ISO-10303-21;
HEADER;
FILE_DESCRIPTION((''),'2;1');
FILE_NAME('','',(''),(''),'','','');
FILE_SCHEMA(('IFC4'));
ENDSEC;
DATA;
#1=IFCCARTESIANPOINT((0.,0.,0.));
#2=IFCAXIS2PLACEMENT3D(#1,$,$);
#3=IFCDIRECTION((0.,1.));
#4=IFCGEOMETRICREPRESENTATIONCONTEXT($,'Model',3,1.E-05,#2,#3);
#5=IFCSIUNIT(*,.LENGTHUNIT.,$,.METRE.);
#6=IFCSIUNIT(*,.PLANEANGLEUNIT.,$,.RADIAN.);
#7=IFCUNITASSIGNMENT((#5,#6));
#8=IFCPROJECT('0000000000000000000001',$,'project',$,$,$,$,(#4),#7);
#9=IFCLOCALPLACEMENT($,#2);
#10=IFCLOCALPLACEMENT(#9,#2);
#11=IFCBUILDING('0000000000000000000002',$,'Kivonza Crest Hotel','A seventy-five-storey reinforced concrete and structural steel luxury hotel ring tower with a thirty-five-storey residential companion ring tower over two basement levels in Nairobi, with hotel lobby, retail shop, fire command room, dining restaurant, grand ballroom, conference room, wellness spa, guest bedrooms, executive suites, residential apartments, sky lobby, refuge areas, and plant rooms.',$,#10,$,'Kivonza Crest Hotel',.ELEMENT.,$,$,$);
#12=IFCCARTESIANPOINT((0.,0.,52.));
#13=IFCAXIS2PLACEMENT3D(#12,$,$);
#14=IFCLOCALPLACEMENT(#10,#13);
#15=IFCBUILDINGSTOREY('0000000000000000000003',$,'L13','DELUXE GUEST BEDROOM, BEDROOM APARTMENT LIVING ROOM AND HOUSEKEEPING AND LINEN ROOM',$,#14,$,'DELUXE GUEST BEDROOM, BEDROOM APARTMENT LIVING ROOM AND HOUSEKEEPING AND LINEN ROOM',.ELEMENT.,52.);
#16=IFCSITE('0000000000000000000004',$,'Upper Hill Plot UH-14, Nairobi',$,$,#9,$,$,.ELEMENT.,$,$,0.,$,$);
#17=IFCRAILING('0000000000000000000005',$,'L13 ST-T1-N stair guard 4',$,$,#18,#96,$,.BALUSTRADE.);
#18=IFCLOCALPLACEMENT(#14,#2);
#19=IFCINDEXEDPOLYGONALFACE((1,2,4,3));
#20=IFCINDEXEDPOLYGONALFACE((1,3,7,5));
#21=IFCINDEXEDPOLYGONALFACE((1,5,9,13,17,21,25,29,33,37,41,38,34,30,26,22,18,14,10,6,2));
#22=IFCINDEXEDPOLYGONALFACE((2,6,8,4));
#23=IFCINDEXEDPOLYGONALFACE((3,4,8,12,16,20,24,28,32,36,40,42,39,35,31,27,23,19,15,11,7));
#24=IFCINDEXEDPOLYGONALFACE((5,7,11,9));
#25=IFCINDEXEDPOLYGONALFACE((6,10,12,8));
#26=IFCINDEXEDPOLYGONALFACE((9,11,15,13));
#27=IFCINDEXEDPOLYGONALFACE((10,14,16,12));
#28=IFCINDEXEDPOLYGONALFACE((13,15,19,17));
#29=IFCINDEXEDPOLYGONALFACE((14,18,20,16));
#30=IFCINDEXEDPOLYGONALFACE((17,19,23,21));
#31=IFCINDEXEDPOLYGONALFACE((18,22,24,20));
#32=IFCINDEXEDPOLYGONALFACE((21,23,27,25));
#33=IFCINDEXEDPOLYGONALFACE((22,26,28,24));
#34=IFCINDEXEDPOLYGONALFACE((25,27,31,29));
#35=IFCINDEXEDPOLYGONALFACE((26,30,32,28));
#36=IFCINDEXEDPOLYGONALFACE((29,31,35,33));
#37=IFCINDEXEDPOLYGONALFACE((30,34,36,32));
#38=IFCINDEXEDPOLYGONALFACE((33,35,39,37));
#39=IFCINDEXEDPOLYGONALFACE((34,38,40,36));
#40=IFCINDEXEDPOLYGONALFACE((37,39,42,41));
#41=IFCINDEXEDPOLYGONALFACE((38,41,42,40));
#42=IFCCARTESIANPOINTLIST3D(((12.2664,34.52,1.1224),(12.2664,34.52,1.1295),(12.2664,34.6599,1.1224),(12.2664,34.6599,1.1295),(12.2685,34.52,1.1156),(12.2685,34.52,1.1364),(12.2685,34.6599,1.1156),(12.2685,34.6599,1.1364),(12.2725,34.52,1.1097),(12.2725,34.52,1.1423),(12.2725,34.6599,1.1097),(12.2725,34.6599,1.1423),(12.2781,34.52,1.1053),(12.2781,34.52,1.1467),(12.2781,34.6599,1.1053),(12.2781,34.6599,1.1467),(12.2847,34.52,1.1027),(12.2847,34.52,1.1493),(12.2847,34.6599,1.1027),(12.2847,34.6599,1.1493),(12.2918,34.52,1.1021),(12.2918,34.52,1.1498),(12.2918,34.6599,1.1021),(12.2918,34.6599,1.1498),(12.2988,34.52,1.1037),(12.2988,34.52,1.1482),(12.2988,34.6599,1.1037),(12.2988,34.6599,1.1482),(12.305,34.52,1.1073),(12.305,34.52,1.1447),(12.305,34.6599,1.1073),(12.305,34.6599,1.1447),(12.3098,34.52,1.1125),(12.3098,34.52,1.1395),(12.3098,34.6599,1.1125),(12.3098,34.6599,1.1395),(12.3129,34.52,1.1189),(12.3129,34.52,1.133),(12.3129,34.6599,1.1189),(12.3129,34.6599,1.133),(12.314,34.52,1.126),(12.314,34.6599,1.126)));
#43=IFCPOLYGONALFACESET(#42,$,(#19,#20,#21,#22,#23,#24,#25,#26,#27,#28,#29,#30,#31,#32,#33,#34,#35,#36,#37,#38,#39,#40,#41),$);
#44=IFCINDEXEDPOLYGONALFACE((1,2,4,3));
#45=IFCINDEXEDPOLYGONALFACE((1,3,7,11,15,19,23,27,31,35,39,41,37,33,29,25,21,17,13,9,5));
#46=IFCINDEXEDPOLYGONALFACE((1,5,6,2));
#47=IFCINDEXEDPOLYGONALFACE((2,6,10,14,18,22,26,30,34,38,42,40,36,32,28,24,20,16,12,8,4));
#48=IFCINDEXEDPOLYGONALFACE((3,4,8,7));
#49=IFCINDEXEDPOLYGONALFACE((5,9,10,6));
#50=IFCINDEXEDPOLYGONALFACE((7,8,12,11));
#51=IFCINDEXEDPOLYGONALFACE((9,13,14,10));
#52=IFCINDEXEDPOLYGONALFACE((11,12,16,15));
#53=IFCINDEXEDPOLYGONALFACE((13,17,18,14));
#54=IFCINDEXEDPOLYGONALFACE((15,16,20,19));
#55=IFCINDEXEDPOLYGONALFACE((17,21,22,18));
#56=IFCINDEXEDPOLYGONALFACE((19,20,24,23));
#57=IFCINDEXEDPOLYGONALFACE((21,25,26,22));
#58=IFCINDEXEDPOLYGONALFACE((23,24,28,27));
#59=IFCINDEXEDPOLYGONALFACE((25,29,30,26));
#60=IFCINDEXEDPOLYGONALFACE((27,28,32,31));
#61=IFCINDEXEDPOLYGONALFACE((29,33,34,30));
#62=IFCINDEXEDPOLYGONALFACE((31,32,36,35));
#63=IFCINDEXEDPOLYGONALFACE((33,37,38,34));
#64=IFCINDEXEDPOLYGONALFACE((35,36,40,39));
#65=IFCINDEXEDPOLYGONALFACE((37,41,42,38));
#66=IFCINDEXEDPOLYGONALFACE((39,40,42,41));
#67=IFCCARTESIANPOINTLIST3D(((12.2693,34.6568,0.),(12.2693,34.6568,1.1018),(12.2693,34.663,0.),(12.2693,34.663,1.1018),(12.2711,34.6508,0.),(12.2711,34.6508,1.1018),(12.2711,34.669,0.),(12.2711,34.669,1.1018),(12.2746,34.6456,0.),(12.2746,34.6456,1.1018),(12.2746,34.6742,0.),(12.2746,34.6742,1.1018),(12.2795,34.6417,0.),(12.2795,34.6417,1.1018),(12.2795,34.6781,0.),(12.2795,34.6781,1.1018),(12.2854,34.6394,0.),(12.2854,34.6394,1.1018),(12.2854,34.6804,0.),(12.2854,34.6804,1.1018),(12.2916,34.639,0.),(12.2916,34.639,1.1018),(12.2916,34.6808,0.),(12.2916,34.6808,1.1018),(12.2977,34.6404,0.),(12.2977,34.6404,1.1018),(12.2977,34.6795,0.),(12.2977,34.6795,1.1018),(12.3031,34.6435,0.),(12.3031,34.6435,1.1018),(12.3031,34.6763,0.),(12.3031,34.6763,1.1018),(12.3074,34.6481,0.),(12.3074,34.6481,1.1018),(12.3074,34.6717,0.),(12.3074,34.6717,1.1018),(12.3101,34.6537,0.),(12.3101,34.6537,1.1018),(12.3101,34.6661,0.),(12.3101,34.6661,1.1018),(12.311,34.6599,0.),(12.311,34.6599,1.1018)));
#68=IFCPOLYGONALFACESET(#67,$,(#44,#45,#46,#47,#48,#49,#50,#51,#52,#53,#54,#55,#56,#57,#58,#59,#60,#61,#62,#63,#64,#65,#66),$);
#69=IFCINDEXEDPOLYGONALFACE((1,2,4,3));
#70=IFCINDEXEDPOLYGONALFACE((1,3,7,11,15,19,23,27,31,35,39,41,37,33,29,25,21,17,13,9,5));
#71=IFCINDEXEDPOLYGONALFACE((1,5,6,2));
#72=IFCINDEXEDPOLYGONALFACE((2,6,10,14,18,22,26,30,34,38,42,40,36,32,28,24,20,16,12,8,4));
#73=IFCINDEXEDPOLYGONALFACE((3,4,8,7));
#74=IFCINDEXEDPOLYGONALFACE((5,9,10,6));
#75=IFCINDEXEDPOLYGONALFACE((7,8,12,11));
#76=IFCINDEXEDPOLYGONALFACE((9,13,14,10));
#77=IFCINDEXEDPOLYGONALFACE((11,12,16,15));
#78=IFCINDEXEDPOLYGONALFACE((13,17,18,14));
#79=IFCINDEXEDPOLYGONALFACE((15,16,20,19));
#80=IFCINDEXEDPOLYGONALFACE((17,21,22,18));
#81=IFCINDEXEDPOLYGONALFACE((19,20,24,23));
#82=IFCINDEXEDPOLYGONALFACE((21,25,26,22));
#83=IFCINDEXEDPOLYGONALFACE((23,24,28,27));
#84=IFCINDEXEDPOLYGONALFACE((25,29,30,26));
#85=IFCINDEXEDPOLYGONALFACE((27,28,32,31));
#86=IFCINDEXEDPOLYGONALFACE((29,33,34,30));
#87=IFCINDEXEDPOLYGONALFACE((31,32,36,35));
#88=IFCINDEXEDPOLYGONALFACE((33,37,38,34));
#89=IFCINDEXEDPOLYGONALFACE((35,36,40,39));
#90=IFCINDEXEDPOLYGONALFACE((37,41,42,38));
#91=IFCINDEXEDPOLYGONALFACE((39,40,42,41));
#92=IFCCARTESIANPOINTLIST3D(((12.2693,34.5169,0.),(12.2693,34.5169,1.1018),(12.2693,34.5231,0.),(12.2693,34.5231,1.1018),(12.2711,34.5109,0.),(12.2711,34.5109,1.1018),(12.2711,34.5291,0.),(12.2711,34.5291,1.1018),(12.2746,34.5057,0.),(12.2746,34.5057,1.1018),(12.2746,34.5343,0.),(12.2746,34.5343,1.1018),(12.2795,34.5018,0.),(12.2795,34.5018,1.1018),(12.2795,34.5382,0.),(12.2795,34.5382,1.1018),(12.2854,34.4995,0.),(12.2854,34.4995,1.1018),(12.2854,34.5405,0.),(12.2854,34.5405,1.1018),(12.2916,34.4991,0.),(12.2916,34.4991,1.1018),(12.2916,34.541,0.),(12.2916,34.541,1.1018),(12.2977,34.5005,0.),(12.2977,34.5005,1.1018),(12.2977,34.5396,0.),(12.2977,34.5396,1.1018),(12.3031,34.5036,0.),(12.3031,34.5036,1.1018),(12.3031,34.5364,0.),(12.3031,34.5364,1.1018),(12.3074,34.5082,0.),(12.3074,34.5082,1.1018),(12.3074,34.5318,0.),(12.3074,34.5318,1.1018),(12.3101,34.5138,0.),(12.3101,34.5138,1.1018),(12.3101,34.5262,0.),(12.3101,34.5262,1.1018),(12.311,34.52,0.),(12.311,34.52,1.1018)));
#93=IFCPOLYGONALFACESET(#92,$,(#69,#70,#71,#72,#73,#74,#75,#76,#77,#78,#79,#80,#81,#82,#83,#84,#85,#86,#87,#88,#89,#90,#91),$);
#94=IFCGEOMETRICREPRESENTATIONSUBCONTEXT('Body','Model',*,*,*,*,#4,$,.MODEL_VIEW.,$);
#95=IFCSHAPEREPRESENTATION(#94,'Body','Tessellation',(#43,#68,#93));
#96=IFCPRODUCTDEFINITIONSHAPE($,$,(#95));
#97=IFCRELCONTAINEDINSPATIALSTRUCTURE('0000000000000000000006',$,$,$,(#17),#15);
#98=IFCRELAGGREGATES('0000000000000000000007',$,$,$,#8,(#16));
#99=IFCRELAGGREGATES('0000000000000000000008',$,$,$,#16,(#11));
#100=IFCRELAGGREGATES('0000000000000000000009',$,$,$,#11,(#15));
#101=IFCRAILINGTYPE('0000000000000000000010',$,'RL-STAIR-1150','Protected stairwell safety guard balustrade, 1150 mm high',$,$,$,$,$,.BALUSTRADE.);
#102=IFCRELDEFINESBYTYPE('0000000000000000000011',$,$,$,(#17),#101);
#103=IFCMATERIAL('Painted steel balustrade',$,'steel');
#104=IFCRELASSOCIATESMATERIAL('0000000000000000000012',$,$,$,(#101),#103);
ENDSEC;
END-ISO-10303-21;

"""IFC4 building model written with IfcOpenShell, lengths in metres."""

from ifc_helpers import new_model, si_unit, direction, frame, origin, origin_2d, place, context, subcontext, project, spatial, circle, extrude, material, type_object, element, save


model = new_model("IFC4")

# Units and contexts
model_context = context("Model", 3, precision=1e-05, world=origin(), true_north=direction((0.0, 1.0)))
body_context = subcontext(model_context, "Body", "Model", "MODEL_VIEW")
ifc_project = project(units=[si_unit("LENGTHUNIT", "METRE"), si_unit("PLANEANGLEUNIT", "RADIAN")], contexts=[model_context])

# Site, building, storey
site_placement = place(None, origin())
site = spatial("IfcSite", under=ifc_project, at=site_placement, Name="Upper Hill Plot UH-14, Nairobi", CompositionType="ELEMENT", RefElevation=0.0)
building_placement = place(site_placement, origin())
building = spatial("IfcBuilding", under=site, at=building_placement, Name="Kivonza Crest Hotel", Description="A seventy-five-storey reinforced concrete and structural steel luxury hotel ring tower with a thirty-five-storey residential companion ring tower over two basement levels in Nairobi, with hotel lobby, retail shop, fire command room, dining restaurant, grand ballroom, conference room, wellness spa, guest bedrooms, executive suites, residential apartments, sky lobby, refuge areas, and plant rooms.", LongName="Kivonza Crest Hotel", CompositionType="ELEMENT")
storey_placement = place(building_placement, frame((0.0, 0.0, 52.0)))
storey = spatial("IfcBuildingStorey", under=building, at=storey_placement, Name="L13", Description="DELUXE GUEST BEDROOM, BEDROOM APARTMENT LIVING ROOM AND HOUSEKEEPING AND LINEN ROOM", LongName="DELUXE GUEST BEDROOM, BEDROOM APARTMENT LIVING ROOM AND HOUSEKEEPING AND LINEN ROOM", CompositionType="ELEMENT", Elevation=52.0)

# Railing
ifc_material_1 = material(Name="Painted steel balustrade", Category="steel")
railing_type_1 = type_object("IfcRailingType", Name="RL-STAIR-1150", Description="Protected stairwell safety guard balustrade, 1150 mm high", PredefinedType="BALUSTRADE", material=ifc_material_1)
railing_1_placement = place(storey_placement, frame((12.29, 34.6599, 0.0)))
element("IfcRailing", 1, at=railing_1_placement, inside=storey, type_object=railing_type_1, Name="L13 ST-T1-N stair guard 4", PredefinedType="BALUSTRADE", context=body_context, shape_type="SweptSolid", body=[
    extrude(circle(Radius=0.0239, at=origin_2d()), frame((0.0, 0.0, 1.126), z_axis=(0.0, -1.0, 0.0), x_axis=(1.0, 0.0, 0.0)), (0.0, 0.0, 1.0), 0.1399),
    extrude(circle(Radius=0.021, at=origin_2d()), origin(), (0.0, 0.0, 1.0), 1.1018),
    extrude(circle(Radius=0.021, at=origin_2d()), frame((0.0, -0.1399, 0.0)), (0.0, 0.0, 1.0), 1.1018),
])

save(model, "model.ifc")
